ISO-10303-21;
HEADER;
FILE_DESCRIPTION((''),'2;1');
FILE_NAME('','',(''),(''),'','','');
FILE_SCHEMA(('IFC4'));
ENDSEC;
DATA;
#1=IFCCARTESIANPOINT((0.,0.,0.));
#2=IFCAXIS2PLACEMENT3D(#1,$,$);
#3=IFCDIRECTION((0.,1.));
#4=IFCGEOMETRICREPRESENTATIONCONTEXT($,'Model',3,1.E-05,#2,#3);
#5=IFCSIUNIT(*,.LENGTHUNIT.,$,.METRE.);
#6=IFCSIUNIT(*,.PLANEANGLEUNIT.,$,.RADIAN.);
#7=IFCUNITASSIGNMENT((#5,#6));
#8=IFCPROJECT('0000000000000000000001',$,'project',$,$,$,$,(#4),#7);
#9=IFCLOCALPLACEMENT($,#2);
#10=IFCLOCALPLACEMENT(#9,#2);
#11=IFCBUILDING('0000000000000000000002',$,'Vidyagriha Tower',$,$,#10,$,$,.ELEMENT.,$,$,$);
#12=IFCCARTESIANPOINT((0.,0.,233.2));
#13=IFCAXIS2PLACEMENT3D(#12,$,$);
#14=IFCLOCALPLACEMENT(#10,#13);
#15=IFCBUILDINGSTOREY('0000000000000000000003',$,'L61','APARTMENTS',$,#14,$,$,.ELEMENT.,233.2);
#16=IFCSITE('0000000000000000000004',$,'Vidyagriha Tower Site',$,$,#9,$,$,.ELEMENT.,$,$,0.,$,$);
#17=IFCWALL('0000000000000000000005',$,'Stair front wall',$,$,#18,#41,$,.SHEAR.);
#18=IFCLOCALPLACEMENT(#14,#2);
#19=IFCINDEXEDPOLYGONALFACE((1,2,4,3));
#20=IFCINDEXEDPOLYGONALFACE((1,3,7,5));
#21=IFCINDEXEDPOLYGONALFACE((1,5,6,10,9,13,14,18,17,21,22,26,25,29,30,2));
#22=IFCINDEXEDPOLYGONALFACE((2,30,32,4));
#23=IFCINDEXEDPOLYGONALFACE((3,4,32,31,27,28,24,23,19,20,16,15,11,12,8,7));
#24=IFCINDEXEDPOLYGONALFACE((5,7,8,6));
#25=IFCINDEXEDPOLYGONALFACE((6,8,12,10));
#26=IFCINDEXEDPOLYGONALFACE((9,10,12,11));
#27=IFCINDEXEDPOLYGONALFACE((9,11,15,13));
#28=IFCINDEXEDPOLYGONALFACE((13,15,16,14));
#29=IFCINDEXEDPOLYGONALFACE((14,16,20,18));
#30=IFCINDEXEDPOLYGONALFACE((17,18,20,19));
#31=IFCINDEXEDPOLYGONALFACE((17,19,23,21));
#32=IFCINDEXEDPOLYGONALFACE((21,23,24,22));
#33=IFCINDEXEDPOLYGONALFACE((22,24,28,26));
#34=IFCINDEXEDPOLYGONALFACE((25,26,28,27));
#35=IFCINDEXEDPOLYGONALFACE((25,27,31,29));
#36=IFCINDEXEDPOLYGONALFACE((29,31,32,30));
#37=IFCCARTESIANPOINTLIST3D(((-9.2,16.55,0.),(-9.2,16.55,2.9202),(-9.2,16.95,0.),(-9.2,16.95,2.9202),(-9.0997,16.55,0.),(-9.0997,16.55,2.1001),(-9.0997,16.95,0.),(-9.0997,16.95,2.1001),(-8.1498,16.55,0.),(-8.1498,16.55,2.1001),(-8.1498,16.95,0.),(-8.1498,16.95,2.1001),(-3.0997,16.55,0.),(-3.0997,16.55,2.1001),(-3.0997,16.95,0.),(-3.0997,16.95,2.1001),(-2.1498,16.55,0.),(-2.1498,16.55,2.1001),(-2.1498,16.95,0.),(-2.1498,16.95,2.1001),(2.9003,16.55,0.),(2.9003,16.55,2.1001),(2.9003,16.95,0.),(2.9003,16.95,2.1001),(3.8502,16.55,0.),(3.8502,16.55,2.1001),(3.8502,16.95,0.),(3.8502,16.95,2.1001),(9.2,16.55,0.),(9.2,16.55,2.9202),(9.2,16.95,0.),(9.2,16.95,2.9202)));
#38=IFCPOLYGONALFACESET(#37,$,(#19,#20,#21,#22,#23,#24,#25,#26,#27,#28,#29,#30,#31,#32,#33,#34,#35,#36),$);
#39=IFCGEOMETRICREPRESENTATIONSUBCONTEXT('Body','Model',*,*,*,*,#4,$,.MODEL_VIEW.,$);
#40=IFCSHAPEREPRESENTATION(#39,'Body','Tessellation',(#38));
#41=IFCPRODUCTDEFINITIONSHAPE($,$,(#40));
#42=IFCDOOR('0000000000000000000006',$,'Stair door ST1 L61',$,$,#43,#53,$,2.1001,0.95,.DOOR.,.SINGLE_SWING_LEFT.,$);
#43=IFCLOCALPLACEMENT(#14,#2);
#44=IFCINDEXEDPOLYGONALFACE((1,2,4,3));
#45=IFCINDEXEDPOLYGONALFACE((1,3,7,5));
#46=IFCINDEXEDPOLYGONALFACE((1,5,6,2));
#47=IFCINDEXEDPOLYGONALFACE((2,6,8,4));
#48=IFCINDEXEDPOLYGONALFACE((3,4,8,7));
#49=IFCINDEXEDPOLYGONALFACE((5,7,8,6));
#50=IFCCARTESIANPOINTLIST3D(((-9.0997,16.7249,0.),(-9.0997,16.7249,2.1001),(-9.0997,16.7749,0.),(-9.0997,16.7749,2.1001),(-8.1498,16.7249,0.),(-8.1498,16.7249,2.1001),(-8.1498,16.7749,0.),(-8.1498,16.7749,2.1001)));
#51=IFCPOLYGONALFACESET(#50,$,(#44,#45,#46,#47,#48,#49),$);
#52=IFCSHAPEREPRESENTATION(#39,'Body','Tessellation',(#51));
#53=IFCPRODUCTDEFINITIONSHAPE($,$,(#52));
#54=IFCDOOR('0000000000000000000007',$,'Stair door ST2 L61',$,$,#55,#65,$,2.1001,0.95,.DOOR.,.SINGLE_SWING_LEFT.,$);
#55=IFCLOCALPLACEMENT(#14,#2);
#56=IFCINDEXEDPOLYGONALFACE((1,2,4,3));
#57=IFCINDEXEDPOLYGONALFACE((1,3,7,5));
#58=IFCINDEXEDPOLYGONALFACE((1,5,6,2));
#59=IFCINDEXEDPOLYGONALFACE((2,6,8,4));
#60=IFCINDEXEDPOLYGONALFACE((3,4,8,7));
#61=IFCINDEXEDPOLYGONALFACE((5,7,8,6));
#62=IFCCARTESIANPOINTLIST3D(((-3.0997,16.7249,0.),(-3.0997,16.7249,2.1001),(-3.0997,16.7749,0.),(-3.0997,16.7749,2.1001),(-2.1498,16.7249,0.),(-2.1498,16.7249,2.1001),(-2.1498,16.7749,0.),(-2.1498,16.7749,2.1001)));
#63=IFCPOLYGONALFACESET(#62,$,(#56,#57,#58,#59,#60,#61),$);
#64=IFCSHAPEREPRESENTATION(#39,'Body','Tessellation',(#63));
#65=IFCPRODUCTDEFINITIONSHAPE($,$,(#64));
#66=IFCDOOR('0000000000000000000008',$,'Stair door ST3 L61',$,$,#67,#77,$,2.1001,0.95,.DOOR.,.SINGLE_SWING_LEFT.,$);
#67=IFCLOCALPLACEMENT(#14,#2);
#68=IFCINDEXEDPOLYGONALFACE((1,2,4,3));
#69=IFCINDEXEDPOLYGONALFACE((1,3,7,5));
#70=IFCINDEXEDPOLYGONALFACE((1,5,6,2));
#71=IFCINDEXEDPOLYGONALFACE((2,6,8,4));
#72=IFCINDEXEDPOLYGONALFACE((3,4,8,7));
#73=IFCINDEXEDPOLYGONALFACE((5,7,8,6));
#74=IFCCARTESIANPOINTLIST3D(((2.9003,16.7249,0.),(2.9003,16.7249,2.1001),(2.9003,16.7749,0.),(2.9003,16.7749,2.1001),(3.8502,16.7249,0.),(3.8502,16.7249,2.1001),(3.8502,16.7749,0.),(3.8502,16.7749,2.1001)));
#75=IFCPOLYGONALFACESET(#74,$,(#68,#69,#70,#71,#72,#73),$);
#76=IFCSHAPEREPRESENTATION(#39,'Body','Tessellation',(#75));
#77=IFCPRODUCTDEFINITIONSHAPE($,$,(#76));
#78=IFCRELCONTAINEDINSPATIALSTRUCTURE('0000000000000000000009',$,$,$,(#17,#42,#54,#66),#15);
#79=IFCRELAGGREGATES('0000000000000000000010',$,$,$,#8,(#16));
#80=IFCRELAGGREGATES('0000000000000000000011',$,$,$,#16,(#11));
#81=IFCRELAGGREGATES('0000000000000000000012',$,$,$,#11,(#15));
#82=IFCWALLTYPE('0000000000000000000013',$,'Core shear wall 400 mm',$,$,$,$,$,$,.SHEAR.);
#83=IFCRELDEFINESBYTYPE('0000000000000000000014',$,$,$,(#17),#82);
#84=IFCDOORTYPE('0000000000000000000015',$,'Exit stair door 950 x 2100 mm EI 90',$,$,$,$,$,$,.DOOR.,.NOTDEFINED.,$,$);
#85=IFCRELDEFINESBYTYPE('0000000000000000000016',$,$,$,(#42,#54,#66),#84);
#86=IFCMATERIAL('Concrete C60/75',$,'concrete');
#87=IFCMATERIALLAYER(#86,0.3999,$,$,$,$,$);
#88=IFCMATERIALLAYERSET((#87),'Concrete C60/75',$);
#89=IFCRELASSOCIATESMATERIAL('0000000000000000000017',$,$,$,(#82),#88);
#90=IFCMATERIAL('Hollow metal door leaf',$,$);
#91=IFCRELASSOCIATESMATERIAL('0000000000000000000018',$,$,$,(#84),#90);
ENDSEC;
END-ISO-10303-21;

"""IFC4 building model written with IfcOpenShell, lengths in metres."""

from ifc_helpers import new_model, si_unit, direction, frame, frame_2d, origin, place, context, subcontext, project, spatial, rectangle, extrude, material, layer, layer_set, type_object, element, fill, save


model = new_model("IFC4")

# Units and contexts
model_context = context("Model", 3, precision=1e-05, world=origin(), true_north=direction((0.0, 1.0)))
body_context = subcontext(model_context, "Body", "Model", "MODEL_VIEW")
ifc_project = project(units=[si_unit("LENGTHUNIT", "METRE"), si_unit("PLANEANGLEUNIT", "RADIAN")], contexts=[model_context])

# Site, building, storey
site_placement = place(None, origin())
site = spatial("IfcSite", under=ifc_project, at=site_placement, Name="Vidyagriha Tower Site", CompositionType="ELEMENT", RefElevation=0.0)
building_placement = place(site_placement, origin())
building = spatial("IfcBuilding", under=site, at=building_placement, Name="Vidyagriha Tower", CompositionType="ELEMENT")
storey_placement = place(building_placement, frame((0.0, 0.0, 233.2)))
storey = spatial("IfcBuildingStorey", under=building, at=storey_placement, Name="L61", Description="APARTMENTS", CompositionType="ELEMENT", Elevation=233.2)

# Shared definitions
ifc_material_1 = material(Name="Concrete C60/75", Category="concrete")
ifc_layer_1 = layer(ifc_material_1, 0.3999)
ifc_layer_set_1 = layer_set([ifc_layer_1], Name="Concrete C60/75")
wall_type = type_object("IfcWallType", Name="Core shear wall 400 mm", PredefinedType="SHEAR", material=ifc_layer_set_1)

# Wall, openings, doors
wall_1_placement = place(storey_placement, frame((-9.2, 16.75, 0.0)))
wall_1 = element("IfcWall", 1, at=wall_1_placement, inside=storey, type_object=wall_type, Name="Stair front wall", PredefinedType="SHEAR", context=body_context, shape_type="SweptSolid", body=[
    extrude(rectangle(XDim=18.3999, YDim=0.3999, at=frame_2d((9.2, 0.0))), origin(), (0.0, 0.0, 1.0), 2.9202),
])
opening_1_placement = place(wall_1_placement, frame((0.1001, 0.0, 0.0)))
opening_1 = element("IfcOpeningElement", 2, at=opening_1_placement, cuts=wall_1, PredefinedType="OPENING", context=body_context, shape_type="SweptSolid", body=[
    extrude(rectangle(XDim=0.95, YDim=2.1001, at=frame_2d((0.4751, 1.05))), frame((0.0, 0.21, 0.0), z_axis=(0.0, -1.0, 0.0), x_axis=(1.0, 0.0, 0.0)), (0.0, 0.0, 1.0), 0.4199),
])
opening_2_placement = place(wall_1_placement, frame((6.1001, 0.0, 0.0)))
opening_2 = element("IfcOpeningElement", 3, at=opening_2_placement, cuts=wall_1, PredefinedType="OPENING", context=body_context, shape_type="SweptSolid", body=[
    extrude(rectangle(XDim=0.95, YDim=2.1001, at=frame_2d((0.4751, 1.05))), frame((0.0, 0.21, 0.0), z_axis=(0.0, -1.0, 0.0), x_axis=(1.0, 0.0, 0.0)), (0.0, 0.0, 1.0), 0.4199),
])
opening_3_placement = place(wall_1_placement, frame((12.1001, 0.0, 0.0)))
opening_3 = element("IfcOpeningElement", 4, at=opening_3_placement, cuts=wall_1, PredefinedType="OPENING", context=body_context, shape_type="SweptSolid", body=[
    extrude(rectangle(XDim=0.95, YDim=2.1001, at=frame_2d((0.4751, 1.05))), frame((0.0, 0.21, 0.0), z_axis=(0.0, -1.0, 0.0), x_axis=(1.0, 0.0, 0.0)), (0.0, 0.0, 1.0), 0.4199),
])
ifc_material_2 = material(Name="Hollow metal door leaf")
door_type = type_object("IfcDoorType", Name="Exit stair door 950 x 2100 mm EI 90", OperationType="NOTDEFINED", PredefinedType="DOOR", material=ifc_material_2)
door_1_placement = place(opening_1_placement, origin())
door_1 = element("IfcDoor", 5, at=door_1_placement, inside=storey, type_object=door_type, Name="Stair door ST1 L61", OperationType="SINGLE_SWING_LEFT", OverallHeight=2.1001, OverallWidth=0.95, PredefinedType="DOOR", context=body_context, shape_type="SweptSolid", body=[
    extrude(rectangle(XDim=0.95, YDim=2.1001, at=frame_2d((0.4751, 1.05))), frame((0.0, 0.0249, 0.0), z_axis=(0.0, -1.0, 0.0), x_axis=(1.0, 0.0, 0.0)), (0.0, 0.0, 1.0), 0.05),
])
fill(opening_1, door_1)
door_2_placement = place(opening_2_placement, origin())
door_2 = element("IfcDoor", 6, at=door_2_placement, inside=storey, type_object=door_type, Name="Stair door ST2 L61", OperationType="SINGLE_SWING_LEFT", OverallHeight=2.1001, OverallWidth=0.95, PredefinedType="DOOR", context=body_context, shape_type="SweptSolid", body=[
    extrude(rectangle(XDim=0.95, YDim=2.1001, at=frame_2d((0.4751, 1.05))), frame((0.0, 0.0249, 0.0), z_axis=(0.0, -1.0, 0.0), x_axis=(1.0, 0.0, 0.0)), (0.0, 0.0, 1.0), 0.05),
])
fill(opening_2, door_2)
door_3_placement = place(opening_3_placement, origin())
door_3 = element("IfcDoor", 7, at=door_3_placement, inside=storey, type_object=door_type, Name="Stair door ST3 L61", OperationType="SINGLE_SWING_LEFT", OverallHeight=2.1001, OverallWidth=0.95, PredefinedType="DOOR", context=body_context, shape_type="SweptSolid", body=[
    extrude(rectangle(XDim=0.95, YDim=2.1001, at=frame_2d((0.4751, 1.05))), frame((0.0, 0.0249, 0.0), z_axis=(0.0, -1.0, 0.0), x_axis=(1.0, 0.0, 0.0)), (0.0, 0.0, 1.0), 0.05),
])
fill(opening_3, door_3)

save(model, "model.ifc")
